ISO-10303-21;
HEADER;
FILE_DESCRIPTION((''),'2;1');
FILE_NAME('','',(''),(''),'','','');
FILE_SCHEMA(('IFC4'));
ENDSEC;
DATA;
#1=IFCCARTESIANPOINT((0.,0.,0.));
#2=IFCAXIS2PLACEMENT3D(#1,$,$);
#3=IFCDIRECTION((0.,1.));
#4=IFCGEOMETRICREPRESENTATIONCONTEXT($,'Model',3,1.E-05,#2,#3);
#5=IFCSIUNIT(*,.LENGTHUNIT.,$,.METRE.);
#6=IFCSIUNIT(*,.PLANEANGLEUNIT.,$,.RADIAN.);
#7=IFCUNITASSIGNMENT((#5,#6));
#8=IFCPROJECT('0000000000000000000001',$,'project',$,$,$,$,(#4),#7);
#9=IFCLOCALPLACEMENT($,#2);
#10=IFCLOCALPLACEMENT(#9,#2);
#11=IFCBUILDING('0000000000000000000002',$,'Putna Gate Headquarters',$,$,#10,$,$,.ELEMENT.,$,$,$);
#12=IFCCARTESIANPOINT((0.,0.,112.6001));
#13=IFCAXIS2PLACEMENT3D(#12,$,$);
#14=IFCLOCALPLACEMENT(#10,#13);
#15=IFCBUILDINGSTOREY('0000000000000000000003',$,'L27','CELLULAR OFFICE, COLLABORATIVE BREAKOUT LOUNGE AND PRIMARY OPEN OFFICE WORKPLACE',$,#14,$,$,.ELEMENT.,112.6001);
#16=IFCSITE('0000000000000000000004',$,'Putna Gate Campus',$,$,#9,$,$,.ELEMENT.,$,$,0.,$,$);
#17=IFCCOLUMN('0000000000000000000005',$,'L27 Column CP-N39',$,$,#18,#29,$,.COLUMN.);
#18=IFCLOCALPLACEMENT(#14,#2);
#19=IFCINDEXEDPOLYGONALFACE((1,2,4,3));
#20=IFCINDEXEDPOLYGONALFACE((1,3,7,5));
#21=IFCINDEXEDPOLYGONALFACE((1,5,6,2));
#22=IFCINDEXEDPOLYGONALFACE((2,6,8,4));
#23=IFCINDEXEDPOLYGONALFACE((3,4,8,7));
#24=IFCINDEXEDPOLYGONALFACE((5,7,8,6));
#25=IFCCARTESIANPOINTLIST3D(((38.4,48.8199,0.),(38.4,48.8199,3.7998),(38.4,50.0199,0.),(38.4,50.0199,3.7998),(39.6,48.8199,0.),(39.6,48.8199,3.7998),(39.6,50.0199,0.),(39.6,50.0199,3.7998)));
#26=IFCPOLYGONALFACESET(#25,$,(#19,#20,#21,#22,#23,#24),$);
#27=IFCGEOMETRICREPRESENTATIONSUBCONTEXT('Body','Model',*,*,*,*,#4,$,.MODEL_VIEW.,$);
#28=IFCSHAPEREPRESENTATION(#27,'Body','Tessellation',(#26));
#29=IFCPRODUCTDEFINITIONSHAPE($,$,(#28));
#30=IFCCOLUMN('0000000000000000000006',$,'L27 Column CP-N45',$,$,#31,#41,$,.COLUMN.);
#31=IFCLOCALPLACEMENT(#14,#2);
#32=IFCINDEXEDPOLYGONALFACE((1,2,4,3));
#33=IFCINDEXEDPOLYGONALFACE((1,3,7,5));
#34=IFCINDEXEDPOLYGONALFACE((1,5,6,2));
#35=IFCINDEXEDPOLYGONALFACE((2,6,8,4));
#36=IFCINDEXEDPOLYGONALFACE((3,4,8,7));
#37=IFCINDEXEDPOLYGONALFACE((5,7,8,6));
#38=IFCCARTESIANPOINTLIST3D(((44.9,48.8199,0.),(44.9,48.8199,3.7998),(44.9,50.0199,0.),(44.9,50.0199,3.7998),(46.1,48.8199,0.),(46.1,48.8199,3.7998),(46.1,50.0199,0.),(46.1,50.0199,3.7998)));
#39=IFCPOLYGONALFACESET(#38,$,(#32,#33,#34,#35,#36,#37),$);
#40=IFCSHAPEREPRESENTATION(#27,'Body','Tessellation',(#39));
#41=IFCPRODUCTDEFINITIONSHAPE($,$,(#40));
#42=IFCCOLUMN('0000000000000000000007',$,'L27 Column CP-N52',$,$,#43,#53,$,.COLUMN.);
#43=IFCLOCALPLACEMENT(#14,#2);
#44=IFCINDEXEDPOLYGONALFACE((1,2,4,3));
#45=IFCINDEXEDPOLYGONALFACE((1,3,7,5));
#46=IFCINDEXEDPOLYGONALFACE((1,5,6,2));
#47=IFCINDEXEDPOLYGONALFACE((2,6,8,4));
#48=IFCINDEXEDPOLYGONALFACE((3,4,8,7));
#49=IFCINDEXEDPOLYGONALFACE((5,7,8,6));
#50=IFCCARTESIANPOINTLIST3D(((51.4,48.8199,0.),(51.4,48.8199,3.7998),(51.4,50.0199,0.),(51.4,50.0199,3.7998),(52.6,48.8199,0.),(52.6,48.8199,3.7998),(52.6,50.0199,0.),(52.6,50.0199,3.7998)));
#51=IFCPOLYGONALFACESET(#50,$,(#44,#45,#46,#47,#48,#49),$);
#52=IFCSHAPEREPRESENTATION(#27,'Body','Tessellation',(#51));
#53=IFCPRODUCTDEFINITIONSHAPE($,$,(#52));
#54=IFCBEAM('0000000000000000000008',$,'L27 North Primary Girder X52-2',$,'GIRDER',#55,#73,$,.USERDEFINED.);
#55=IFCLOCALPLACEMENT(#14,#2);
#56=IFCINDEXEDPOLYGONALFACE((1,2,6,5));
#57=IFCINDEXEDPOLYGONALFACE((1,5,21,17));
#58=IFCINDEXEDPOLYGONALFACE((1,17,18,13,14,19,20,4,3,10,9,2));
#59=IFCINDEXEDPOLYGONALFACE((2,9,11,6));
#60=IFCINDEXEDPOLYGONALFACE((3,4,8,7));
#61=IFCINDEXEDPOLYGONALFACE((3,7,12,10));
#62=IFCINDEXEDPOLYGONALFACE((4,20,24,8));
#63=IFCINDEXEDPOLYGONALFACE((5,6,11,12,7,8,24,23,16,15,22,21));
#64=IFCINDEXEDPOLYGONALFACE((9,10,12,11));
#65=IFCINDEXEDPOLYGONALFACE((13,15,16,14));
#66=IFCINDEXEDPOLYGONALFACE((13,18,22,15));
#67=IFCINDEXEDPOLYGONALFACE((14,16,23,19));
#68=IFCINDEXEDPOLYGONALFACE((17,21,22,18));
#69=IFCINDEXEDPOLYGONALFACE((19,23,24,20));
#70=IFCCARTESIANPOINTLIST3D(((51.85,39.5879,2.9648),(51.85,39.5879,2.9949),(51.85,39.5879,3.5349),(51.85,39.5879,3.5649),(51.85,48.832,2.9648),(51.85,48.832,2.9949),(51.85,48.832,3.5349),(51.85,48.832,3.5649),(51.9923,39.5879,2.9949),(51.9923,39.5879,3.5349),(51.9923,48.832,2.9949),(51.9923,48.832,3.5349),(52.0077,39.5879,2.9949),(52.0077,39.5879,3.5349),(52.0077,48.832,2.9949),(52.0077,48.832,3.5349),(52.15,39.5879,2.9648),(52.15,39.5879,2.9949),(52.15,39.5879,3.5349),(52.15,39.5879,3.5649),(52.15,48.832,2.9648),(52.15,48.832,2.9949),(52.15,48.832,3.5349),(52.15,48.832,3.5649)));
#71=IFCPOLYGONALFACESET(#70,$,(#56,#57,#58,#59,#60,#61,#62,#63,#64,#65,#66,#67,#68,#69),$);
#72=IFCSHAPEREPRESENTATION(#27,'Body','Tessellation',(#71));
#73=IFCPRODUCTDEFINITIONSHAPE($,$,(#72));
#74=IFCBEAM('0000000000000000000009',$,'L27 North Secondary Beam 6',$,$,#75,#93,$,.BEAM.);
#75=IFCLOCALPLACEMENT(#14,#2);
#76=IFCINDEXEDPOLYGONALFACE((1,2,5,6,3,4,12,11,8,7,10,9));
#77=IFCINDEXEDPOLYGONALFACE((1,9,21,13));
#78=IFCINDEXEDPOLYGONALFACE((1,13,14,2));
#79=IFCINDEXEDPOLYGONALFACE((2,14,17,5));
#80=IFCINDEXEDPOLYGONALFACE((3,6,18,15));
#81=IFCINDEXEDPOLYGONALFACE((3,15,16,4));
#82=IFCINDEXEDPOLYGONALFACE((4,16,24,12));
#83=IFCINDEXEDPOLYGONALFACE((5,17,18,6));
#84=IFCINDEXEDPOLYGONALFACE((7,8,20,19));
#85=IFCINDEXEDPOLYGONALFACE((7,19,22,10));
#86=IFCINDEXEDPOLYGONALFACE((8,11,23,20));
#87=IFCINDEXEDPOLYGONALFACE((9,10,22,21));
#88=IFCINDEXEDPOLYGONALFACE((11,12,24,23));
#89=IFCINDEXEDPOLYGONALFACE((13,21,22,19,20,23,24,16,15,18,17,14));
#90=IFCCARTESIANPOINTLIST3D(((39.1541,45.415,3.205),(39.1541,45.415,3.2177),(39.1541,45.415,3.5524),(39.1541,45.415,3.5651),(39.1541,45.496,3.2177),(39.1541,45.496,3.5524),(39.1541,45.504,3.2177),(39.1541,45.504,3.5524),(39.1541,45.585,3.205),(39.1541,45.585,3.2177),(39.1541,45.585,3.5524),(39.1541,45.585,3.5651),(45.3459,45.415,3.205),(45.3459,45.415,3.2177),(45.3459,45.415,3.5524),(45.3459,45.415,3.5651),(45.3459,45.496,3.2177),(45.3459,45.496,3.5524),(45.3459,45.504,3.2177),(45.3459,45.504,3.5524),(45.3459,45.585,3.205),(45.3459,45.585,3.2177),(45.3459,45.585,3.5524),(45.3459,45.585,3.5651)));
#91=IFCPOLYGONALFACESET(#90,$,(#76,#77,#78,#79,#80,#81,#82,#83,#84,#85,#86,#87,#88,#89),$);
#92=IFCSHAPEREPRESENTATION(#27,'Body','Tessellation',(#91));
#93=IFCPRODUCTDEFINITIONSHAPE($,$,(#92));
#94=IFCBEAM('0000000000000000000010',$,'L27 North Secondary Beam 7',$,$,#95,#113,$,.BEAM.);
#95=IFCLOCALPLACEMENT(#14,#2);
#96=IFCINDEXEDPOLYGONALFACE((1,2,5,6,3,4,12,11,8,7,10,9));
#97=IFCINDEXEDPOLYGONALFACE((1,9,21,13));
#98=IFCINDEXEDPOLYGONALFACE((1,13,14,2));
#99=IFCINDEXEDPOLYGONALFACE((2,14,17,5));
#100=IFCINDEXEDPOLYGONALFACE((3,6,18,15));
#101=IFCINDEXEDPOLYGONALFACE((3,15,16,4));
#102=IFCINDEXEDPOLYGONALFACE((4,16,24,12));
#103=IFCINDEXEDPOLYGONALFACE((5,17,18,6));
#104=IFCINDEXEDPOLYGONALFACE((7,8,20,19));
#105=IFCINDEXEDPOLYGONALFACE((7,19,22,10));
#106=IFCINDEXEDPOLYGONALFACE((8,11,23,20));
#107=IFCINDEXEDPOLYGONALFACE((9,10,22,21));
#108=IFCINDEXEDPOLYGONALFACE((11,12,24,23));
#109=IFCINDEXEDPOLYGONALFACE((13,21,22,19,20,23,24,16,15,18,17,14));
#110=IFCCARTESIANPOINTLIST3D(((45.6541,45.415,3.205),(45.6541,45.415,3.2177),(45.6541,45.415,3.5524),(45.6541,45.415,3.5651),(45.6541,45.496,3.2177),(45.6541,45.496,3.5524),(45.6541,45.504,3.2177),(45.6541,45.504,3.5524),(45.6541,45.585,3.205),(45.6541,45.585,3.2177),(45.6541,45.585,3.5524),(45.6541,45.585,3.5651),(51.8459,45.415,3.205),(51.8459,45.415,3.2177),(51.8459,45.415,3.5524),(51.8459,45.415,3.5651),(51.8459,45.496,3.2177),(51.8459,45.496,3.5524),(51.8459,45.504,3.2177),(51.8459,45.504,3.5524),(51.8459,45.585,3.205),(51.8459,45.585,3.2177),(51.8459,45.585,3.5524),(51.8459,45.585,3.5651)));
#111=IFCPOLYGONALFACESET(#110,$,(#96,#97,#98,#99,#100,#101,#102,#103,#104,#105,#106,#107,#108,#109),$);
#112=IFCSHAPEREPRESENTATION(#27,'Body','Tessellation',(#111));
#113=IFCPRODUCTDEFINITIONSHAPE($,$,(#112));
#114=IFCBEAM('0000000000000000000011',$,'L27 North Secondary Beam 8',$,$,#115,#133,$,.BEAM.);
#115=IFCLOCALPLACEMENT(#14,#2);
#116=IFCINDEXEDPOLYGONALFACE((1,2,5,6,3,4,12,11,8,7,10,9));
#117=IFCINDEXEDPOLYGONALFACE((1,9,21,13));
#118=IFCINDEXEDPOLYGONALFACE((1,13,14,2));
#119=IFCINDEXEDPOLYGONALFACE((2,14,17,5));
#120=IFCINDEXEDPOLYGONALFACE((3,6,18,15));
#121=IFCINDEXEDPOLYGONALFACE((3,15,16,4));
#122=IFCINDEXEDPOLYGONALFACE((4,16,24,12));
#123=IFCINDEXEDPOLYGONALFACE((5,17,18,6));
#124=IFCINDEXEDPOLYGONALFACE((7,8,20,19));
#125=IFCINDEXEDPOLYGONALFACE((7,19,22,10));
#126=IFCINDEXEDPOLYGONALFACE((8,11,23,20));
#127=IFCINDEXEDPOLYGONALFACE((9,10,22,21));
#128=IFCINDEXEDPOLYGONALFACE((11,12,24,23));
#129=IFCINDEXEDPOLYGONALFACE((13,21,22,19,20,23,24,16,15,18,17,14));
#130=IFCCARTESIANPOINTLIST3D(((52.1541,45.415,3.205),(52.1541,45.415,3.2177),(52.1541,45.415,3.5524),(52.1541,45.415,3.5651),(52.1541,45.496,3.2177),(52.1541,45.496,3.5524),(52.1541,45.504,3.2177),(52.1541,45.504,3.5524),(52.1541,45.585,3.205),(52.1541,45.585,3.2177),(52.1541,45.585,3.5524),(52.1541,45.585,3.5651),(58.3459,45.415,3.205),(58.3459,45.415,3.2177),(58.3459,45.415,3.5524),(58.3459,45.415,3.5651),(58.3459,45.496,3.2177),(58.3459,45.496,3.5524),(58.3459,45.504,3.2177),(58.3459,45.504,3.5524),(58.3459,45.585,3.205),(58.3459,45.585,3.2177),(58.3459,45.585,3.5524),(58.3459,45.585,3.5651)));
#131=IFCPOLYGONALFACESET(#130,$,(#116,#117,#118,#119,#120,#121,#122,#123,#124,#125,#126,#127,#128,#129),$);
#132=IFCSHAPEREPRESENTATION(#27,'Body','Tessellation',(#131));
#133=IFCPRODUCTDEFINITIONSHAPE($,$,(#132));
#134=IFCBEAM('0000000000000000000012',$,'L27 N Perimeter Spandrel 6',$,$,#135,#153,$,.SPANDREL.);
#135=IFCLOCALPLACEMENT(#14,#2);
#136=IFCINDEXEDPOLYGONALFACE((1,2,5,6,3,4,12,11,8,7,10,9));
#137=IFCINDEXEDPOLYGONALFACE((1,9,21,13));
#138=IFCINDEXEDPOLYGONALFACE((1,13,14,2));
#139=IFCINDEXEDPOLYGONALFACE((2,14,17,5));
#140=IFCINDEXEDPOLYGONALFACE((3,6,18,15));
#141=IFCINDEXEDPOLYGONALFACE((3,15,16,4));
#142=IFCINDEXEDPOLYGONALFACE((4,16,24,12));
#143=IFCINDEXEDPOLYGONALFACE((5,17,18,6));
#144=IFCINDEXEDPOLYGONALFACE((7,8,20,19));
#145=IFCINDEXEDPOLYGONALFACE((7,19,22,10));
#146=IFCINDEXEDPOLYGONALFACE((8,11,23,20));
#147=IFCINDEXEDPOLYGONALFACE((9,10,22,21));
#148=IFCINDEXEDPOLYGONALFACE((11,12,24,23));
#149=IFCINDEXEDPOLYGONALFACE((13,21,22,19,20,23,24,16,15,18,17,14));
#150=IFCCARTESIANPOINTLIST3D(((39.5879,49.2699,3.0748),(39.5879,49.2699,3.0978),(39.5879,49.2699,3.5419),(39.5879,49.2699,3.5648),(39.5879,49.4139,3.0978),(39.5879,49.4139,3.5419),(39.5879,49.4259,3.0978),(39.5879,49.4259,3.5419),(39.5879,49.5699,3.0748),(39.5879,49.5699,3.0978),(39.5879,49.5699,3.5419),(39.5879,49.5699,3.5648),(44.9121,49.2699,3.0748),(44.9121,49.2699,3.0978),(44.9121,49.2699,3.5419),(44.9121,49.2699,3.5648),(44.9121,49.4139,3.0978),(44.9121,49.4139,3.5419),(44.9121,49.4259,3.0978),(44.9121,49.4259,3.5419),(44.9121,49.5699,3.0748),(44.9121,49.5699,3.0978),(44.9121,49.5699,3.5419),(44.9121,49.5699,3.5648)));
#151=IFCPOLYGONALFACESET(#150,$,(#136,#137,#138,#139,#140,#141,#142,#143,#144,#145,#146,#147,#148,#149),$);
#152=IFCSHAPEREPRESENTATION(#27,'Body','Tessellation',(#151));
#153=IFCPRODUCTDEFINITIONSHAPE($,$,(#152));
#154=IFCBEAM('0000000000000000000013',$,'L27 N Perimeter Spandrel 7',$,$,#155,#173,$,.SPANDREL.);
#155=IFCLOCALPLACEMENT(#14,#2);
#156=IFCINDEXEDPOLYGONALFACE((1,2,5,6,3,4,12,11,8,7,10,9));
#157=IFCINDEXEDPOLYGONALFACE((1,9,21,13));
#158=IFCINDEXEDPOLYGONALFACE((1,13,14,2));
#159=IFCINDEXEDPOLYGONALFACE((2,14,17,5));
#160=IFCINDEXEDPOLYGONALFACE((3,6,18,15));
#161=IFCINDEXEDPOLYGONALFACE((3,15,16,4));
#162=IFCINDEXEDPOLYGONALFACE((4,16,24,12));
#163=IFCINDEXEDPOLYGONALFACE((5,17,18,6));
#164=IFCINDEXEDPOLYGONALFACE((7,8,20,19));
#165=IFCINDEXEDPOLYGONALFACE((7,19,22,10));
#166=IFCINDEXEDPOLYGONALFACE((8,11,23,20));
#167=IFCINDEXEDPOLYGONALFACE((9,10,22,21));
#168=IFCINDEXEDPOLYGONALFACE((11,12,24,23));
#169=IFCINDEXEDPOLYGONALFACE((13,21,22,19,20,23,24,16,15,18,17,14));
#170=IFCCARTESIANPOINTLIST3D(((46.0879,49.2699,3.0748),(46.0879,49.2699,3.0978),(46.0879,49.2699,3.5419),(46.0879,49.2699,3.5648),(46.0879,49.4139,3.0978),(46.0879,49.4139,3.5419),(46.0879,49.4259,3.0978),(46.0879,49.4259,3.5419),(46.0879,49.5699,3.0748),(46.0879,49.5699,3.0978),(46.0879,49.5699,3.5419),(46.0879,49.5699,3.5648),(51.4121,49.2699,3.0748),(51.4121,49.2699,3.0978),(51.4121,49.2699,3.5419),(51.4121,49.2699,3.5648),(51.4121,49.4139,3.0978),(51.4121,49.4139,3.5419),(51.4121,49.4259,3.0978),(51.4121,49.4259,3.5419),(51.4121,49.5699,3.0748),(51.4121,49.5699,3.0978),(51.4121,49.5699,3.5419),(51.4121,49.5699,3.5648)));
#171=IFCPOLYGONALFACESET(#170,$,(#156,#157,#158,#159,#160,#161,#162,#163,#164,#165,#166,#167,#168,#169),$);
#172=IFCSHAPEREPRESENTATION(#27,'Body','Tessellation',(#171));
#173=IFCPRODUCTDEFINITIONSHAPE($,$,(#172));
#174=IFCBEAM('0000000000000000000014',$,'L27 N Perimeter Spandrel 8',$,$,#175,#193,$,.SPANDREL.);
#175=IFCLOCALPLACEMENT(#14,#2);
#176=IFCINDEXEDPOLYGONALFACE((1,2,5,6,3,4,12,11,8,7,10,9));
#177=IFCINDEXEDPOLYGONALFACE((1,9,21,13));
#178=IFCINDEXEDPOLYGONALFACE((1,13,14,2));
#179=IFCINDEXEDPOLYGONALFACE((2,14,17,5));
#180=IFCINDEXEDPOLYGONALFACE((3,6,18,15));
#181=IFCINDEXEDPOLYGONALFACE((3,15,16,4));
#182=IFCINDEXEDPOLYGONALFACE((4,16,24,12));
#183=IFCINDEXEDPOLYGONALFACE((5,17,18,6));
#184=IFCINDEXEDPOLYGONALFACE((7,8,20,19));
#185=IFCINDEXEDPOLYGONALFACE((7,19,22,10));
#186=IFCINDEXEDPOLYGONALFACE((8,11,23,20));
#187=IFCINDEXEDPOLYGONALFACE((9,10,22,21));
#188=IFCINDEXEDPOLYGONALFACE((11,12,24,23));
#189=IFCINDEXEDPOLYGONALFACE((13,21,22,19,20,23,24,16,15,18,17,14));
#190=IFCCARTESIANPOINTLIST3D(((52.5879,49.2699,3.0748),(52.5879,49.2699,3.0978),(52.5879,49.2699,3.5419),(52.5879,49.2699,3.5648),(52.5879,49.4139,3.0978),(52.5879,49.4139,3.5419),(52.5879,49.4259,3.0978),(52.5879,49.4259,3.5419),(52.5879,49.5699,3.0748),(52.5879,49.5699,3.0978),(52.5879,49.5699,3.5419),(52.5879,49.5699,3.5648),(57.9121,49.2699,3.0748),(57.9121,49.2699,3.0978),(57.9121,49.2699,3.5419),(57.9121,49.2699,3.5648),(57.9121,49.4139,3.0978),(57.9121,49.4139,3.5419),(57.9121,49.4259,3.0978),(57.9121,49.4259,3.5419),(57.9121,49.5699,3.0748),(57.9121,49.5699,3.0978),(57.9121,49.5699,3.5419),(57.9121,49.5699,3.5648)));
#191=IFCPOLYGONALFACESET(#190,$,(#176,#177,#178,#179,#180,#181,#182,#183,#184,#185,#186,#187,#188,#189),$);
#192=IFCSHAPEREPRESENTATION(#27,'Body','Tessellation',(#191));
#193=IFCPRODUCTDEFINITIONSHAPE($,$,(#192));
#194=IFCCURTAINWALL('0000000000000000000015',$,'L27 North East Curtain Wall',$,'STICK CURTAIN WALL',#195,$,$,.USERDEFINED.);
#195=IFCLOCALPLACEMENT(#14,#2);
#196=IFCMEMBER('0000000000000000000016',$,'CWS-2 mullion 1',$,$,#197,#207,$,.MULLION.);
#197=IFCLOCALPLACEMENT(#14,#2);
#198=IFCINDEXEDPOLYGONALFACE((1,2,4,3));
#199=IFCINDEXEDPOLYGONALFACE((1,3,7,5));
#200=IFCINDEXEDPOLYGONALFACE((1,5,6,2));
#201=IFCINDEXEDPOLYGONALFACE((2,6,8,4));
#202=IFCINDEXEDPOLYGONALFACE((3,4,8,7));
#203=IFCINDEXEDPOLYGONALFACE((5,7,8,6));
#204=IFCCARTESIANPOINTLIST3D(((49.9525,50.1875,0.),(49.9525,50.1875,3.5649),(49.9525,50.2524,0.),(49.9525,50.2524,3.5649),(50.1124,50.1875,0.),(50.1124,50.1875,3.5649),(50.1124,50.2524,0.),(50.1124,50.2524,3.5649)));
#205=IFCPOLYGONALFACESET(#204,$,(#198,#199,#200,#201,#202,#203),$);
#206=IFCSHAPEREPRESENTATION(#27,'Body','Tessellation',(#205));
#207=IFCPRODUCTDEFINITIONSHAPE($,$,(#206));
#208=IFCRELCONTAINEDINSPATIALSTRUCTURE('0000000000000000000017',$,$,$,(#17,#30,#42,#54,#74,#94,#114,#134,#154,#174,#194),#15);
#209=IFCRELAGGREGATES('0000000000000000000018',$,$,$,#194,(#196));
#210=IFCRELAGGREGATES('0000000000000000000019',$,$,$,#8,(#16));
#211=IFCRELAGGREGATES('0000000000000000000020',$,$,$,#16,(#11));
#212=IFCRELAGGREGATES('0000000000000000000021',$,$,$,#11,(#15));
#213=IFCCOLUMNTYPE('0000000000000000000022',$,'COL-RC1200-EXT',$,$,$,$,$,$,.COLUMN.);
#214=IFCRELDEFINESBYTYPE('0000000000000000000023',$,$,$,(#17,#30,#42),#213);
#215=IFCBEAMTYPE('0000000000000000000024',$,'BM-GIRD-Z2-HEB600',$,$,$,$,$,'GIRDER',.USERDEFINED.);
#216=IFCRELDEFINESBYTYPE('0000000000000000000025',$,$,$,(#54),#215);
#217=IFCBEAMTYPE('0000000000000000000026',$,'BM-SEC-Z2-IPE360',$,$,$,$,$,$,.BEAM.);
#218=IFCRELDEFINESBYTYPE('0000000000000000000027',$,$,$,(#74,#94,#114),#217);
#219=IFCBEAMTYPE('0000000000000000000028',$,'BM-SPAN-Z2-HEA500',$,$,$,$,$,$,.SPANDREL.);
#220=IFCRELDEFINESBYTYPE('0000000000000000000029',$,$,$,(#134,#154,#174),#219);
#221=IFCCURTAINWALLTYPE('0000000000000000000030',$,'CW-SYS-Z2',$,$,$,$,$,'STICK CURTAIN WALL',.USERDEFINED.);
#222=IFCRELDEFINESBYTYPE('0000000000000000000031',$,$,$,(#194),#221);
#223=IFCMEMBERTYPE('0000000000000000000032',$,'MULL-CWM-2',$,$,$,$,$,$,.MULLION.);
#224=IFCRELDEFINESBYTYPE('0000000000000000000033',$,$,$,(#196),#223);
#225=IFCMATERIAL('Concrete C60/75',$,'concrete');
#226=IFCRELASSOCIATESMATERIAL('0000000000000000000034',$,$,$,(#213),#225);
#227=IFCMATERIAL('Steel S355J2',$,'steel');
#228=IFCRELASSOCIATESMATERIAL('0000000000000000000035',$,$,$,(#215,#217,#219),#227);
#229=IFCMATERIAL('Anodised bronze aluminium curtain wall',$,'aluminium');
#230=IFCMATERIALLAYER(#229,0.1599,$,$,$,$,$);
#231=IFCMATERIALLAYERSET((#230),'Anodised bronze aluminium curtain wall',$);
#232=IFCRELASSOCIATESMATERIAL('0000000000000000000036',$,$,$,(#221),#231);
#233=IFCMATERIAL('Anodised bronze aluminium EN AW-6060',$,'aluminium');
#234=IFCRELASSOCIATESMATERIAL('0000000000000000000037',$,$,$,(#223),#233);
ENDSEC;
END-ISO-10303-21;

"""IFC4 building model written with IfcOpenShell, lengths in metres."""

from ifc_helpers import new_model, si_unit, direction, frame, origin, origin_2d, place, context, subcontext, project, spatial, rectangle, i_section, extrude, material, layer, layer_set, material_profile, profile_set, type_object, element, aggregate, save


model = new_model("IFC4")

# Units and contexts
model_context = context("Model", 3, precision=1e-05, world=origin(), true_north=direction((0.0, 1.0)))
body_context = subcontext(model_context, "Body", "Model", "MODEL_VIEW")
ifc_project = project(units=[si_unit("LENGTHUNIT", "METRE"), si_unit("PLANEANGLEUNIT", "RADIAN")], contexts=[model_context])

# Site, building, storey
site_placement = place(None, origin())
site = spatial("IfcSite", under=ifc_project, at=site_placement, Name="Putna Gate Campus", CompositionType="ELEMENT", RefElevation=0.0)
building_placement = place(site_placement, origin())
building = spatial("IfcBuilding", under=site, at=building_placement, Name="Putna Gate Headquarters", CompositionType="ELEMENT")
storey_placement = place(building_placement, frame((0.0, 0.0, 112.6001)))
storey = spatial("IfcBuildingStorey", under=building, at=storey_placement, Name="L27", Description="CELLULAR OFFICE, COLLABORATIVE BREAKOUT LOUNGE AND PRIMARY OPEN OFFICE WORKPLACE", CompositionType="ELEMENT", Elevation=112.6001)

# Columns
ifc_material_1 = material(Name="Concrete C60/75", Category="concrete")
ifc_material_profile_1 = material_profile(ifc_material_1, rectangle(XDim=1.2, YDim=1.2, at=origin_2d()), Name="Concrete C60/75")
ifc_profile_set_1 = profile_set([ifc_material_profile_1], Name="Concrete C60/75")
column_type = type_object("IfcColumnType", Name="COL-RC1200-EXT", PredefinedType="COLUMN", material=ifc_profile_set_1)
for number, where, z_axis, x_axis, name in (
    (1, (39.0, 49.4199, 0.0), (0.0, 0.0, 1.0), (1.0, 0.0, 0.0), "L27 Column CP-N39"),
    (2, (45.5, 49.4199, 0.0), (0.0, 0.0, 1.0), (1.0, 0.0, 0.0), "L27 Column CP-N45"),
    (3, (52.0, 49.4199, 0.0), (0.0, 0.0, 1.0), (1.0, 0.0, 0.0), "L27 Column CP-N52"),
):
    element("IfcColumn", number, at=place(storey_placement, frame(where, z_axis=z_axis, x_axis=x_axis)), inside=storey, type_object=column_type, Name=name, PredefinedType="COLUMN", context=body_context, shape_type="SweptSolid", body=[
        extrude(rectangle(XDim=1.2, YDim=1.2, at=origin_2d()), origin(), (0.0, 0.0, 1.0), 3.7998),
    ])

# Beams
ifc_material_2 = material(Name="Steel S355J2", Category="steel")
ifc_material_profile_2 = material_profile(ifc_material_2, i_section(OverallWidth=0.3, OverallDepth=0.6001, WebThickness=0.0154, FlangeThickness=0.03, at=origin_2d()), Name="Steel S355J2")
ifc_profile_set_2 = profile_set([ifc_material_profile_2], Name="Steel S355J2")
beam_type_1 = type_object("IfcBeamType", Name="BM-GIRD-Z2-HEB600", ElementType="GIRDER", PredefinedType="USERDEFINED", material=ifc_profile_set_2)
beam_placement = place(storey_placement, frame((52.0, 39.5879, 3.2649), z_axis=(0.0, 1.0, 0.0), x_axis=(-1.0, 0.0, 0.0)))
element("IfcBeam", 4, at=beam_placement, inside=storey, type_object=beam_type_1, Name="L27 North Primary Girder X52-2", ObjectType="GIRDER", PredefinedType="USERDEFINED", context=body_context, shape_type="SweptSolid", body=[
    extrude(i_section(OverallWidth=0.3, OverallDepth=0.6001, WebThickness=0.0154, FlangeThickness=0.03, at=origin_2d()), origin(), (0.0, 0.0, 1.0), 9.2441),
])
ifc_material_profile_3 = material_profile(ifc_material_2, i_section(OverallWidth=0.1699, OverallDepth=0.3601, WebThickness=0.0081, FlangeThickness=0.0127, at=origin_2d()), Name="Steel S355J2")
ifc_profile_set_3 = profile_set([ifc_material_profile_3], Name="Steel S355J2")
beam_type_2 = type_object("IfcBeamType", Name="BM-SEC-Z2-IPE360", PredefinedType="BEAM", material=ifc_profile_set_3)
for number, where, z_axis, x_axis, name in (
    (5, (39.1541, 45.5, 3.385), (1.0, 0.0, 0.0), (0.0, 1.0, 0.0), "L27 North Secondary Beam 6"),
    (6, (45.6541, 45.5, 3.385), (1.0, 0.0, 0.0), (0.0, 1.0, 0.0), "L27 North Secondary Beam 7"),
    (7, (52.1541, 45.5, 3.385), (1.0, 0.0, 0.0), (0.0, 1.0, 0.0), "L27 North Secondary Beam 8"),
):
    element("IfcBeam", number, at=place(storey_placement, frame(where, z_axis=z_axis, x_axis=x_axis)), inside=storey, type_object=beam_type_2, Name=name, PredefinedType="BEAM", context=body_context, shape_type="SweptSolid", body=[
        extrude(i_section(OverallWidth=0.1699, OverallDepth=0.3601, WebThickness=0.0081, FlangeThickness=0.0127, at=origin_2d()), origin(), (0.0, 0.0, 1.0), 6.1919),
    ])
ifc_material_profile_4 = material_profile(ifc_material_2, i_section(OverallWidth=0.3, OverallDepth=0.49, WebThickness=0.012, FlangeThickness=0.0229, at=origin_2d()), Name="Steel S355J2")
ifc_profile_set_4 = profile_set([ifc_material_profile_4], Name="Steel S355J2")
beam_type_3 = type_object("IfcBeamType", Name="BM-SPAN-Z2-HEA500", PredefinedType="SPANDREL", material=ifc_profile_set_4)
for number, where, z_axis, x_axis, name in (
    (8, (39.5879, 49.4199, 3.3198), (1.0, 0.0, 0.0), (0.0, 1.0, 0.0), "L27 N Perimeter Spandrel 6"),
    (9, (46.0879, 49.4199, 3.3198), (1.0, 0.0, 0.0), (0.0, 1.0, 0.0), "L27 N Perimeter Spandrel 7"),
    (10, (52.5879, 49.4199, 3.3198), (1.0, 0.0, 0.0), (0.0, 1.0, 0.0), "L27 N Perimeter Spandrel 8"),
):
    element("IfcBeam", number, at=place(storey_placement, frame(where, z_axis=z_axis, x_axis=x_axis)), inside=storey, type_object=beam_type_3, Name=name, PredefinedType="SPANDREL", context=body_context, shape_type="SweptSolid", body=[
        extrude(i_section(OverallWidth=0.3, OverallDepth=0.49, WebThickness=0.012, FlangeThickness=0.0229, at=origin_2d()), origin(), (0.0, 0.0, 1.0), 5.3242),
    ])

# Curtain wall, member
ifc_material_3 = material(Name="Anodised bronze aluminium curtain wall", Category="aluminium")
ifc_layer_1 = layer(ifc_material_3, 0.1599)
ifc_layer_set_1 = layer_set([ifc_layer_1], Name="Anodised bronze aluminium curtain wall")
curtain_wall_type_1 = type_object("IfcCurtainWallType", Name="CW-SYS-Z2", ElementType="STICK CURTAIN WALL", PredefinedType="USERDEFINED", material=ifc_layer_set_1)
curtain_wall_1_placement = place(storey_placement, origin())
curtain_wall_1 = element("IfcCurtainWall", 11, at=curtain_wall_1_placement, inside=storey, type_object=curtain_wall_type_1, Name="L27 North East Curtain Wall", ObjectType="STICK CURTAIN WALL", PredefinedType="USERDEFINED")
ifc_material_4 = material(Name="Anodised bronze aluminium EN AW-6060", Category="aluminium")
ifc_material_profile_5 = material_profile(ifc_material_4, rectangle(XDim=0.0649, YDim=0.1599, at=origin_2d()), Name="Anodised bronze aluminium EN AW-6060")
ifc_profile_set_5 = profile_set([ifc_material_profile_5], Name="Anodised bronze aluminium EN AW-6060")
member_type_1 = type_object("IfcMemberType", Name="MULL-CWM-2", PredefinedType="MULLION", material=ifc_profile_set_5)
member_1_placement = place(storey_placement, frame((50.0325, 50.22, 0.0), z_axis=(0.0, 0.0, 1.0), x_axis=(0.0, 1.0, 0.0)))
member_1 = element("IfcMember", 12, at=member_1_placement, type_object=member_type_1, Name="CWS-2 mullion 1", PredefinedType="MULLION", context=body_context, shape_type="SweptSolid", body=[
    extrude(rectangle(XDim=0.0649, YDim=0.1599, at=origin_2d()), origin(), (0.0, 0.0, 1.0), 3.5649),
])

aggregate(curtain_wall_1, [member_1])

save(model, "model.ifc")
